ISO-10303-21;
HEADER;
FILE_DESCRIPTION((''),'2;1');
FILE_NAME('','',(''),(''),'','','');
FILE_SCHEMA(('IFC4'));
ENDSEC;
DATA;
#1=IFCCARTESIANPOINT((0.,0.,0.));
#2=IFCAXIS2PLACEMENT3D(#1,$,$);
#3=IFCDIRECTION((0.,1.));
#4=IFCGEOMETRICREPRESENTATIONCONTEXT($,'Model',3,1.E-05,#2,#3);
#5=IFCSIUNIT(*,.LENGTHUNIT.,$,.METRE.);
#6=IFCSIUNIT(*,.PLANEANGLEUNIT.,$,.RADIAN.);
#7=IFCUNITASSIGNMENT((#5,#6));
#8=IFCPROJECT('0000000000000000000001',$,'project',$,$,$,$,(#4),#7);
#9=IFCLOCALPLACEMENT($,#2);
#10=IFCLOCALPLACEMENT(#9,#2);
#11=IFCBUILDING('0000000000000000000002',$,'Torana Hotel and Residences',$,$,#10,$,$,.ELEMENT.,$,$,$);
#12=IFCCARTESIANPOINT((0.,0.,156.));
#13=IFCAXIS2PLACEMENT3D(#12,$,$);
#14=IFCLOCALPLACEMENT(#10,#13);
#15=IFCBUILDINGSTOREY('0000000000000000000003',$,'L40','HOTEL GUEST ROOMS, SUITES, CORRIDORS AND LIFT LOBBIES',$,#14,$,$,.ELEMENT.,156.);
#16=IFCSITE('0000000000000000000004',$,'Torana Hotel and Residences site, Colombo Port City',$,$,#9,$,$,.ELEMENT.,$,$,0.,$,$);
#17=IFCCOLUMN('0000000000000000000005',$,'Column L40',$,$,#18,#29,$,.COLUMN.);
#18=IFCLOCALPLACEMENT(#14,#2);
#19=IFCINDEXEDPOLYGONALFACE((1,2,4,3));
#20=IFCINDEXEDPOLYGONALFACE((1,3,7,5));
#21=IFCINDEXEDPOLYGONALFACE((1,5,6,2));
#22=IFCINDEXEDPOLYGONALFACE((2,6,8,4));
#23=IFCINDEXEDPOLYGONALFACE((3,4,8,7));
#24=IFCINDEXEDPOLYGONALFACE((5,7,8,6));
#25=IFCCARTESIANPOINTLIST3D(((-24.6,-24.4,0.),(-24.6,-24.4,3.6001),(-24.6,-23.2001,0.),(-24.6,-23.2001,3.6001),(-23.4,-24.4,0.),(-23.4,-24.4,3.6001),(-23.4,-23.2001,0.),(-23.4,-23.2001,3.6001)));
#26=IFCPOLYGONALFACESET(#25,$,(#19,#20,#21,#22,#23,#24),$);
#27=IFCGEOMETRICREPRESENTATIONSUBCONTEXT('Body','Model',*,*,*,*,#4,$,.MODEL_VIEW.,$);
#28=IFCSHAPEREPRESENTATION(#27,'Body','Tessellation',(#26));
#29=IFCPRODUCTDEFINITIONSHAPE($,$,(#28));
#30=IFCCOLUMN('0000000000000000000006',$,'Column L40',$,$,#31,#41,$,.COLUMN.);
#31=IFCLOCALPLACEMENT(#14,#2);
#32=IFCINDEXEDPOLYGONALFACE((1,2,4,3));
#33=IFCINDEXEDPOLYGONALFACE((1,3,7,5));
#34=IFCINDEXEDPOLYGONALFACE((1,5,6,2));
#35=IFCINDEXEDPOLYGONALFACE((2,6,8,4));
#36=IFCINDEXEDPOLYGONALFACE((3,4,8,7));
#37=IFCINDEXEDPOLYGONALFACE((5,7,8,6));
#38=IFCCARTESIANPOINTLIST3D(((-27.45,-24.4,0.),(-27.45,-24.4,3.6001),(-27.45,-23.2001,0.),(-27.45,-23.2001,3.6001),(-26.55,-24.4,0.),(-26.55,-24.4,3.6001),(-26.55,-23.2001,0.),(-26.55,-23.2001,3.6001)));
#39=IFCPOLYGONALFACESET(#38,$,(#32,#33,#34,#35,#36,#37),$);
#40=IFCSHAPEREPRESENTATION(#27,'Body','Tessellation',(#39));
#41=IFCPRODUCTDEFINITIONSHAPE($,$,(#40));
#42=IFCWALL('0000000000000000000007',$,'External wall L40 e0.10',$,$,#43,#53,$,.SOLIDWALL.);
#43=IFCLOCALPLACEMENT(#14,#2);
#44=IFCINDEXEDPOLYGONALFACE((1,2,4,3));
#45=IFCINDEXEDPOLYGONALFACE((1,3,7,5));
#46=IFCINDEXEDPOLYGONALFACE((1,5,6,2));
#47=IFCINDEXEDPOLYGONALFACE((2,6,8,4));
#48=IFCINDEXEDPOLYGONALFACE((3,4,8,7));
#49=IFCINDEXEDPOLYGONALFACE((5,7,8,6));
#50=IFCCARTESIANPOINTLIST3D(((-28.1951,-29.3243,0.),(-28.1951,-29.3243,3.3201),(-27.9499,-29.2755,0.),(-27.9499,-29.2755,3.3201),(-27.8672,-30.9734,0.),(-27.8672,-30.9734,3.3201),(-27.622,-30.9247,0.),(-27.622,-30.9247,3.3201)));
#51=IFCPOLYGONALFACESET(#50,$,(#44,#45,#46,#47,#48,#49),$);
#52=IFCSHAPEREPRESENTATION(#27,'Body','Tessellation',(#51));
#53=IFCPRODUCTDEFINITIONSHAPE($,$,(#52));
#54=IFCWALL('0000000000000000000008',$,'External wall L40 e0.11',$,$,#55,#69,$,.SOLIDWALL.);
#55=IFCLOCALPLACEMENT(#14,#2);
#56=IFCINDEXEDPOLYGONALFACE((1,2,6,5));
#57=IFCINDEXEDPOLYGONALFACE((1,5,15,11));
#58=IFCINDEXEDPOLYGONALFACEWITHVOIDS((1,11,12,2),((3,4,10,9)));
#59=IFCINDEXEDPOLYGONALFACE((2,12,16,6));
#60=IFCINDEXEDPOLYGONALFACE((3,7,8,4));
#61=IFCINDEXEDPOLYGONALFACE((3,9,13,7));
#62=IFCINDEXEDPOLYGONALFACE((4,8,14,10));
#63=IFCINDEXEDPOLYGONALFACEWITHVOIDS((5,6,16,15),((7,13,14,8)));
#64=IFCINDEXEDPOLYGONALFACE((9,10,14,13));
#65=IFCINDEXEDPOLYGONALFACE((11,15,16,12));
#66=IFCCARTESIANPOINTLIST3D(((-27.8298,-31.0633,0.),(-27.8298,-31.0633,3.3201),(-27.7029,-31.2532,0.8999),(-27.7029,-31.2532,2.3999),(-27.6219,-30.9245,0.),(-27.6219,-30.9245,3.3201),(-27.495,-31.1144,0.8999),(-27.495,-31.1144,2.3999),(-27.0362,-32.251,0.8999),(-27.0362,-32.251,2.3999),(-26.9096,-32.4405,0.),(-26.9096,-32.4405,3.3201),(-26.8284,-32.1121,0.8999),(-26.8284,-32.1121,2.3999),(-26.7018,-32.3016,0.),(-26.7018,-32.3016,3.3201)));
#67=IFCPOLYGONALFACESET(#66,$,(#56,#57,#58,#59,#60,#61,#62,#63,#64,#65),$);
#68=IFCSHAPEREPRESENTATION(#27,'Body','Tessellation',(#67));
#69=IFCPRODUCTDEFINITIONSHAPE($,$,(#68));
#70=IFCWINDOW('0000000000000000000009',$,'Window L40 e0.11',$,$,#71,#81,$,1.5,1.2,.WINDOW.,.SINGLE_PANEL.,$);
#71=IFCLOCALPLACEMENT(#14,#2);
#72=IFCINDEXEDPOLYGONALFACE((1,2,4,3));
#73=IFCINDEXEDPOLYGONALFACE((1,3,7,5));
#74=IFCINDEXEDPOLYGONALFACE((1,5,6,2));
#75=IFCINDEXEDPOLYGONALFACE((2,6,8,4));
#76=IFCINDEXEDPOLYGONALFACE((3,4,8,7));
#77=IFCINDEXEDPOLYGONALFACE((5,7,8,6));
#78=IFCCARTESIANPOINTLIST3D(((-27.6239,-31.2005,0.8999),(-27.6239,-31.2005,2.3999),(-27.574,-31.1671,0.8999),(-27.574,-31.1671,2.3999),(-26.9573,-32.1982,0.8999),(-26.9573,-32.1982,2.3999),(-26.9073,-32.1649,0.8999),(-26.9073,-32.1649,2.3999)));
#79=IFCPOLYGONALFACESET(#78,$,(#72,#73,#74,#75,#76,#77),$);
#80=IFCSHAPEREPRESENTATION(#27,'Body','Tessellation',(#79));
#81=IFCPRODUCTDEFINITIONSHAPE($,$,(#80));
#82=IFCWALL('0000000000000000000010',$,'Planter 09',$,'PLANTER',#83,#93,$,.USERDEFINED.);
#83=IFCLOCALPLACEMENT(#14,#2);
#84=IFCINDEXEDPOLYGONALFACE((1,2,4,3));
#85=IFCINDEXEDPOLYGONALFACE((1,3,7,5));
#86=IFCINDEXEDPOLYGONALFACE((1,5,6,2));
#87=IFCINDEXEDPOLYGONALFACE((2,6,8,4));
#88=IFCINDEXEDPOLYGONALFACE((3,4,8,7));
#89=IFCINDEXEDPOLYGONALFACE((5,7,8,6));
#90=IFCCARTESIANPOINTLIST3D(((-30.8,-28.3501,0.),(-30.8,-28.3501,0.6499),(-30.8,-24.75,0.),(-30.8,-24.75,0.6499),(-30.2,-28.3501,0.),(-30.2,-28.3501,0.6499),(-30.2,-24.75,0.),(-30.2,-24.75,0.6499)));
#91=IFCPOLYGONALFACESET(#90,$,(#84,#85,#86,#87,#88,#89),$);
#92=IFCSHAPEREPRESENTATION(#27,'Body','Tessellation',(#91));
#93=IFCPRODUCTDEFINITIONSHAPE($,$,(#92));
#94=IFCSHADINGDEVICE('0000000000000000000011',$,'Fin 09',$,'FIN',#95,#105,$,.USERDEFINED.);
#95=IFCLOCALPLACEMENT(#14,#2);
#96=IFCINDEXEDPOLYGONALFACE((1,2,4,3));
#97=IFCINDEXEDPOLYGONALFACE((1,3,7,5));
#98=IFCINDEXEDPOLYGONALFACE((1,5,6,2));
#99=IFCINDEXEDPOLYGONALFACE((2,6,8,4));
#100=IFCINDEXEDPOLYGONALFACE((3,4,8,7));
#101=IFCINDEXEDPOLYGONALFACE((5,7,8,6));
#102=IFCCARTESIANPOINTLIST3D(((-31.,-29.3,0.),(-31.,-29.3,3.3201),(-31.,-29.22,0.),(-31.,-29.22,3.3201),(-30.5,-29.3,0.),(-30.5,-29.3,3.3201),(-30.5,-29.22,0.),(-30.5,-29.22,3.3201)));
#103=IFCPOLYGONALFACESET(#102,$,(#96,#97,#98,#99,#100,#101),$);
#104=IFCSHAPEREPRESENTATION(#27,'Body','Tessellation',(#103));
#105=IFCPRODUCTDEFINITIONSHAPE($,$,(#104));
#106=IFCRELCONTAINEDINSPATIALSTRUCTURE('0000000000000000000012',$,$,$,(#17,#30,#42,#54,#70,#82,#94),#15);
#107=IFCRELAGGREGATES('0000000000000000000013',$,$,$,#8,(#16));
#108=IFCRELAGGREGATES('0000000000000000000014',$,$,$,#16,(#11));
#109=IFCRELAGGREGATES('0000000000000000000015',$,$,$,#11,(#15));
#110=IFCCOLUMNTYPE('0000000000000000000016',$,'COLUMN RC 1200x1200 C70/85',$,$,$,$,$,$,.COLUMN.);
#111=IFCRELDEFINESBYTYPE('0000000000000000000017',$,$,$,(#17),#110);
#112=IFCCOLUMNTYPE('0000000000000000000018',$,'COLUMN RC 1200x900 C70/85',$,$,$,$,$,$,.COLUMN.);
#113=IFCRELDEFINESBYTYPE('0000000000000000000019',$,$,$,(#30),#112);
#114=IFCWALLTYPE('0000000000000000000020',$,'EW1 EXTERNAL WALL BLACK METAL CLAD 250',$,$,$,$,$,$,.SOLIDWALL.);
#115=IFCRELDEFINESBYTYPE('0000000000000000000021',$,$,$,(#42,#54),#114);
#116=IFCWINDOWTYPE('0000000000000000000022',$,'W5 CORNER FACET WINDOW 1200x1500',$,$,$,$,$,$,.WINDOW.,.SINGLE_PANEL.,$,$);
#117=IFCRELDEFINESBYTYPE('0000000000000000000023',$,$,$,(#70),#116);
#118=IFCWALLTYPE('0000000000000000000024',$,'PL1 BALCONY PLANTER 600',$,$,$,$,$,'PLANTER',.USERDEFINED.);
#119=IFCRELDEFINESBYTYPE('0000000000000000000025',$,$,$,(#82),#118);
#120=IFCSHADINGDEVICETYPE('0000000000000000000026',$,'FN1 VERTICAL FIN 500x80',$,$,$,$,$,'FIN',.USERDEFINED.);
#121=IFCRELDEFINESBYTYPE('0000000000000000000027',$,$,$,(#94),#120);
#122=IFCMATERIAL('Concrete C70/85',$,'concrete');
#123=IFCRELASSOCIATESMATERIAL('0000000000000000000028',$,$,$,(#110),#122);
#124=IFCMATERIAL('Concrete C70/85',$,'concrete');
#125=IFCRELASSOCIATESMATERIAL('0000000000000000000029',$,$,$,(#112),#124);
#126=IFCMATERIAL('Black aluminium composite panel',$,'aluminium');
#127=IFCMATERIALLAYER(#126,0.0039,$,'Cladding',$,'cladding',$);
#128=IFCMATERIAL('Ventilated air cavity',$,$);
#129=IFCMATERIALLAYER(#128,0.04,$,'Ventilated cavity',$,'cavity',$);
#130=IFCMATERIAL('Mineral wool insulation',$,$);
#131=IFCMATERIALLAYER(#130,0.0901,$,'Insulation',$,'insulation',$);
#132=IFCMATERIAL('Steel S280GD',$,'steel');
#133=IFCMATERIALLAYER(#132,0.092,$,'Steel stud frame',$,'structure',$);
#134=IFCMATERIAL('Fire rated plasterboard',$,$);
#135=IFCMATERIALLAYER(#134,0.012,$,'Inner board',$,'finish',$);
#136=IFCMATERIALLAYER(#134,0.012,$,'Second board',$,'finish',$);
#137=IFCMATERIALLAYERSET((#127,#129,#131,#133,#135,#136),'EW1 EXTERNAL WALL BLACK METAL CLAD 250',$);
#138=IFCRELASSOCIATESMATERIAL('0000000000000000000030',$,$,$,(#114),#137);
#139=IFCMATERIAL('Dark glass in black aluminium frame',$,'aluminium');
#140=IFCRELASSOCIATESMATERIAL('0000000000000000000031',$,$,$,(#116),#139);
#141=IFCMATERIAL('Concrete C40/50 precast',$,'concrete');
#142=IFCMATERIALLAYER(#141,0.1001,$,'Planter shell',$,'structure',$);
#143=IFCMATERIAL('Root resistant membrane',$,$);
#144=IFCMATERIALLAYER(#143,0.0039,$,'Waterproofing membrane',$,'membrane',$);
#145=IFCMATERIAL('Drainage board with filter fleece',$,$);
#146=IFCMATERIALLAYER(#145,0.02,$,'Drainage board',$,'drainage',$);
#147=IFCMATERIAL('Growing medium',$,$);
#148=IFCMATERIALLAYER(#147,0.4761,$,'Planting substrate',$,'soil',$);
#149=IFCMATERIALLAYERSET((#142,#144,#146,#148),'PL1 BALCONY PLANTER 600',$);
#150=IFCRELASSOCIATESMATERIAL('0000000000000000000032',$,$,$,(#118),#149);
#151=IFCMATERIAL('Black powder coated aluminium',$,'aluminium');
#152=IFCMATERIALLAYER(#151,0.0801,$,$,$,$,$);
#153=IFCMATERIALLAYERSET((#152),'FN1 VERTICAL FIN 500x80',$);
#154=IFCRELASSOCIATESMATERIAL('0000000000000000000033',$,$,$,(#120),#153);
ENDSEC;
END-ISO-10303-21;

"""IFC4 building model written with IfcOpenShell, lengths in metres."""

from ifc_helpers import new_model, si_unit, direction, frame, frame_2d, origin, origin_2d, place, context, subcontext, project, spatial, rectangle, extrude, material, layer, layer_set, material_profile, profile_set, type_object, element, fill, save


model = new_model("IFC4")

# Units and contexts
model_context = context("Model", 3, precision=1e-05, world=origin(), true_north=direction((0.0, 1.0)))
body_context = subcontext(model_context, "Body", "Model", "MODEL_VIEW")
ifc_project = project(units=[si_unit("LENGTHUNIT", "METRE"), si_unit("PLANEANGLEUNIT", "RADIAN")], contexts=[model_context])

# Site, building, storey
site_placement = place(None, origin())
site = spatial("IfcSite", under=ifc_project, at=site_placement, Name="Torana Hotel and Residences site, Colombo Port City", CompositionType="ELEMENT", RefElevation=0.0)
building_placement = place(site_placement, origin())
building = spatial("IfcBuilding", under=site, at=building_placement, Name="Torana Hotel and Residences", CompositionType="ELEMENT")
storey_placement = place(building_placement, frame((0.0, 0.0, 156.0)))
storey = spatial("IfcBuildingStorey", under=building, at=storey_placement, Name="L40", Description="HOTEL GUEST ROOMS, SUITES, CORRIDORS AND LIFT LOBBIES", CompositionType="ELEMENT", Elevation=156.0)

# Columns
ifc_material_1 = material(Name="Concrete C70/85", Category="concrete")
ifc_material_profile_1 = material_profile(ifc_material_1, rectangle(XDim=1.2, YDim=1.2, at=origin_2d()), Name="RC 1200x1200")
ifc_profile_set_1 = profile_set([ifc_material_profile_1], Name="Concrete C70/85")
column_type_1 = type_object("IfcColumnType", Name="COLUMN RC 1200x1200 C70/85", PredefinedType="COLUMN", material=ifc_profile_set_1)
column_1_placement = place(storey_placement, frame((-24.0, -23.8, 0.0), z_axis=(0.0, 0.0, 1.0), x_axis=(1.0, 0.0, 0.0)))
element("IfcColumn", 1, at=column_1_placement, inside=storey, type_object=column_type_1, Name="Column L40", PredefinedType="COLUMN", context=body_context, shape_type="SweptSolid", body=[
    extrude(rectangle(XDim=1.2, YDim=1.2, at=origin_2d()), origin(), (0.0, 0.0, 1.0), 3.6001),
])
ifc_material_2 = material(Name="Concrete C70/85", Category="concrete")
ifc_material_profile_2 = material_profile(ifc_material_2, rectangle(XDim=1.2, YDim=0.8999, at=origin_2d()), Name="RC 1200x900")
ifc_profile_set_2 = profile_set([ifc_material_profile_2], Name="Concrete C70/85")
column_type_2 = type_object("IfcColumnType", Name="COLUMN RC 1200x900 C70/85", PredefinedType="COLUMN", material=ifc_profile_set_2)
column_2_placement = place(storey_placement, frame((-27.0, -23.8, 0.0), z_axis=(0.0, 0.0, 1.0), x_axis=(0.0, 1.0, 0.0)))
element("IfcColumn", 2, at=column_2_placement, inside=storey, type_object=column_type_2, Name="Column L40", PredefinedType="COLUMN", context=body_context, shape_type="SweptSolid", body=[
    extrude(rectangle(XDim=1.2, YDim=0.8999, at=origin_2d()), origin(), (0.0, 0.0, 1.0), 3.6001),
])

# Wall
ifc_material_3 = material(Name="Black aluminium composite panel", Category="aluminium")
ifc_layer_1 = layer(ifc_material_3, 0.0039, Name="Cladding", Category="cladding")
ifc_material_4 = material(Name="Ventilated air cavity")
ifc_layer_2 = layer(ifc_material_4, 0.04, Name="Ventilated cavity", Category="cavity")
ifc_material_5 = material(Name="Mineral wool insulation")
ifc_layer_3 = layer(ifc_material_5, 0.0901, Name="Insulation", Category="insulation")
ifc_material_6 = material(Name="Steel S280GD", Category="steel")
ifc_layer_4 = layer(ifc_material_6, 0.092, Name="Steel stud frame", Category="structure")
ifc_material_7 = material(Name="Fire rated plasterboard")
ifc_layer_5 = layer(ifc_material_7, 0.012, Name="Inner board", Category="finish")
ifc_layer_6 = layer(ifc_material_7, 0.012, Name="Second board", Category="finish")
ifc_layer_set_1 = layer_set([ifc_layer_1, ifc_layer_2, ifc_layer_3, ifc_layer_4, ifc_layer_5, ifc_layer_6], Name="EW1 EXTERNAL WALL BLACK METAL CLAD 250")
wall_type_1 = type_object("IfcWallType", Name="EW1 EXTERNAL WALL BLACK METAL CLAD 250", PredefinedType="SOLIDWALL", material=ifc_layer_set_1)
wall_1_placement = place(storey_placement, frame((-28.0725, -29.2998, 0.0), z_axis=(0.0, 0.0, 1.0), x_axis=(0.194999, -0.980803, 0.0)))
element("IfcWall", 3, at=wall_1_placement, inside=storey, type_object=wall_type_1, Name="External wall L40 e0.10", PredefinedType="SOLIDWALL", context=body_context, shape_type="SweptSolid", body=[
    extrude(rectangle(XDim=1.6814, YDim=0.25, at=frame_2d((0.8408, 0.0))), origin(), (0.0, 0.0, 1.0), 3.3201),
])

# Wall, opening, window
wall_2_placement = place(storey_placement, frame((-27.7258, -30.9939, 0.0), z_axis=(0.0, 0.0, 1.0), x_axis=(0.55555, -0.831483, 0.0)))
wall_2 = element("IfcWall", 4, at=wall_2_placement, inside=storey, type_object=wall_type_1, Name="External wall L40 e0.11", PredefinedType="SOLIDWALL", context=body_context, shape_type="SweptSolid", body=[
    extrude(rectangle(XDim=1.6562, YDim=0.25, at=frame_2d((0.8281, 0.0))), origin(), (0.0, 0.0, 1.0), 3.3201),
])
opening_placement = place(wall_2_placement, frame((0.2283, 0.0, 0.8999)))
opening = element("IfcOpeningElement", 5, at=opening_placement, cuts=wall_2, PredefinedType="OPENING", context=body_context, shape_type="SweptSolid", body=[
    extrude(rectangle(XDim=1.2, YDim=1.5, at=frame_2d((0.6001, 0.75))), frame((0.0, 0.135, 0.0), z_axis=(0.0, -1.0, 0.0), x_axis=(1.0, 0.0, 0.0)), (0.0, 0.0, 1.0), 0.27),
])
ifc_material_8 = material(Name="Dark glass in black aluminium frame", Category="aluminium")
window_type = type_object("IfcWindowType", Name="W5 CORNER FACET WINDOW 1200x1500", PartitioningType="SINGLE_PANEL", PredefinedType="WINDOW", material=ifc_material_8)
window_placement = place(opening_placement, origin())
window = element("IfcWindow", 6, at=window_placement, inside=storey, type_object=window_type, Name="Window L40 e0.11", OverallHeight=1.5, OverallWidth=1.2, PartitioningType="SINGLE_PANEL", PredefinedType="WINDOW", context=body_context, shape_type="SweptSolid", body=[
    extrude(rectangle(XDim=1.2, YDim=1.5, at=frame_2d((0.6001, 0.75))), frame((0.0, 0.03, 0.0), z_axis=(0.0, -1.0, 0.0), x_axis=(1.0, 0.0, 0.0)), (0.0, 0.0, 1.0), 0.0601),
])
fill(opening, window)

# Wall
ifc_material_9 = material(Name="Concrete C40/50 precast", Category="concrete")
ifc_layer_7 = layer(ifc_material_9, 0.1001, Name="Planter shell", Category="structure")
ifc_material_10 = material(Name="Root resistant membrane")
ifc_layer_8 = layer(ifc_material_10, 0.0039, Name="Waterproofing membrane", Category="membrane")
ifc_material_11 = material(Name="Drainage board with filter fleece")
ifc_layer_9 = layer(ifc_material_11, 0.02, Name="Drainage board", Category="drainage")
ifc_material_12 = material(Name="Growing medium")
ifc_layer_10 = layer(ifc_material_12, 0.4761, Name="Planting substrate", Category="soil")
ifc_layer_set_2 = layer_set([ifc_layer_7, ifc_layer_8, ifc_layer_9, ifc_layer_10], Name="PL1 BALCONY PLANTER 600")
wall_type_2 = type_object("IfcWallType", Name="PL1 BALCONY PLANTER 600", ElementType="PLANTER", PredefinedType="USERDEFINED", material=ifc_layer_set_2)
wall_3_placement = place(storey_placement, frame((-30.5, -28.3501, 0.0), z_axis=(0.0, 0.0, 1.0), x_axis=(0.0, 1.0, 0.0)))
element("IfcWall", 7, at=wall_3_placement, inside=storey, type_object=wall_type_2, Name="Planter 09", ObjectType="PLANTER", PredefinedType="USERDEFINED", context=body_context, shape_type="SweptSolid", body=[
    extrude(rectangle(XDim=3.6001, YDim=0.6001, at=frame_2d((1.8, 0.0))), origin(), (0.0, 0.0, 1.0), 0.6499),
])

# Shading device
ifc_material_13 = material(Name="Black powder coated aluminium", Category="aluminium")
ifc_layer_11 = layer(ifc_material_13, 0.0801)
ifc_layer_set_3 = layer_set([ifc_layer_11], Name="FN1 VERTICAL FIN 500x80")
shading_device_type = type_object("IfcShadingDeviceType", Name="FN1 VERTICAL FIN 500x80", ElementType="FIN", PredefinedType="USERDEFINED", material=ifc_layer_set_3)
shading_device_placement = place(storey_placement, frame((-30.75, -29.26, 0.0), z_axis=(0.0, 0.0, 1.0), x_axis=(0.0, 1.0, 0.0)))
element("IfcShadingDevice", 8, at=shading_device_placement, inside=storey, type_object=shading_device_type, Name="Fin 09", ObjectType="FIN", PredefinedType="USERDEFINED", context=body_context, shape_type="SweptSolid", body=[
    extrude(rectangle(XDim=0.0801, YDim=0.5, at=origin_2d()), origin(), (0.0, 0.0, 1.0), 3.3201),
])

save(model, "model.ifc")
